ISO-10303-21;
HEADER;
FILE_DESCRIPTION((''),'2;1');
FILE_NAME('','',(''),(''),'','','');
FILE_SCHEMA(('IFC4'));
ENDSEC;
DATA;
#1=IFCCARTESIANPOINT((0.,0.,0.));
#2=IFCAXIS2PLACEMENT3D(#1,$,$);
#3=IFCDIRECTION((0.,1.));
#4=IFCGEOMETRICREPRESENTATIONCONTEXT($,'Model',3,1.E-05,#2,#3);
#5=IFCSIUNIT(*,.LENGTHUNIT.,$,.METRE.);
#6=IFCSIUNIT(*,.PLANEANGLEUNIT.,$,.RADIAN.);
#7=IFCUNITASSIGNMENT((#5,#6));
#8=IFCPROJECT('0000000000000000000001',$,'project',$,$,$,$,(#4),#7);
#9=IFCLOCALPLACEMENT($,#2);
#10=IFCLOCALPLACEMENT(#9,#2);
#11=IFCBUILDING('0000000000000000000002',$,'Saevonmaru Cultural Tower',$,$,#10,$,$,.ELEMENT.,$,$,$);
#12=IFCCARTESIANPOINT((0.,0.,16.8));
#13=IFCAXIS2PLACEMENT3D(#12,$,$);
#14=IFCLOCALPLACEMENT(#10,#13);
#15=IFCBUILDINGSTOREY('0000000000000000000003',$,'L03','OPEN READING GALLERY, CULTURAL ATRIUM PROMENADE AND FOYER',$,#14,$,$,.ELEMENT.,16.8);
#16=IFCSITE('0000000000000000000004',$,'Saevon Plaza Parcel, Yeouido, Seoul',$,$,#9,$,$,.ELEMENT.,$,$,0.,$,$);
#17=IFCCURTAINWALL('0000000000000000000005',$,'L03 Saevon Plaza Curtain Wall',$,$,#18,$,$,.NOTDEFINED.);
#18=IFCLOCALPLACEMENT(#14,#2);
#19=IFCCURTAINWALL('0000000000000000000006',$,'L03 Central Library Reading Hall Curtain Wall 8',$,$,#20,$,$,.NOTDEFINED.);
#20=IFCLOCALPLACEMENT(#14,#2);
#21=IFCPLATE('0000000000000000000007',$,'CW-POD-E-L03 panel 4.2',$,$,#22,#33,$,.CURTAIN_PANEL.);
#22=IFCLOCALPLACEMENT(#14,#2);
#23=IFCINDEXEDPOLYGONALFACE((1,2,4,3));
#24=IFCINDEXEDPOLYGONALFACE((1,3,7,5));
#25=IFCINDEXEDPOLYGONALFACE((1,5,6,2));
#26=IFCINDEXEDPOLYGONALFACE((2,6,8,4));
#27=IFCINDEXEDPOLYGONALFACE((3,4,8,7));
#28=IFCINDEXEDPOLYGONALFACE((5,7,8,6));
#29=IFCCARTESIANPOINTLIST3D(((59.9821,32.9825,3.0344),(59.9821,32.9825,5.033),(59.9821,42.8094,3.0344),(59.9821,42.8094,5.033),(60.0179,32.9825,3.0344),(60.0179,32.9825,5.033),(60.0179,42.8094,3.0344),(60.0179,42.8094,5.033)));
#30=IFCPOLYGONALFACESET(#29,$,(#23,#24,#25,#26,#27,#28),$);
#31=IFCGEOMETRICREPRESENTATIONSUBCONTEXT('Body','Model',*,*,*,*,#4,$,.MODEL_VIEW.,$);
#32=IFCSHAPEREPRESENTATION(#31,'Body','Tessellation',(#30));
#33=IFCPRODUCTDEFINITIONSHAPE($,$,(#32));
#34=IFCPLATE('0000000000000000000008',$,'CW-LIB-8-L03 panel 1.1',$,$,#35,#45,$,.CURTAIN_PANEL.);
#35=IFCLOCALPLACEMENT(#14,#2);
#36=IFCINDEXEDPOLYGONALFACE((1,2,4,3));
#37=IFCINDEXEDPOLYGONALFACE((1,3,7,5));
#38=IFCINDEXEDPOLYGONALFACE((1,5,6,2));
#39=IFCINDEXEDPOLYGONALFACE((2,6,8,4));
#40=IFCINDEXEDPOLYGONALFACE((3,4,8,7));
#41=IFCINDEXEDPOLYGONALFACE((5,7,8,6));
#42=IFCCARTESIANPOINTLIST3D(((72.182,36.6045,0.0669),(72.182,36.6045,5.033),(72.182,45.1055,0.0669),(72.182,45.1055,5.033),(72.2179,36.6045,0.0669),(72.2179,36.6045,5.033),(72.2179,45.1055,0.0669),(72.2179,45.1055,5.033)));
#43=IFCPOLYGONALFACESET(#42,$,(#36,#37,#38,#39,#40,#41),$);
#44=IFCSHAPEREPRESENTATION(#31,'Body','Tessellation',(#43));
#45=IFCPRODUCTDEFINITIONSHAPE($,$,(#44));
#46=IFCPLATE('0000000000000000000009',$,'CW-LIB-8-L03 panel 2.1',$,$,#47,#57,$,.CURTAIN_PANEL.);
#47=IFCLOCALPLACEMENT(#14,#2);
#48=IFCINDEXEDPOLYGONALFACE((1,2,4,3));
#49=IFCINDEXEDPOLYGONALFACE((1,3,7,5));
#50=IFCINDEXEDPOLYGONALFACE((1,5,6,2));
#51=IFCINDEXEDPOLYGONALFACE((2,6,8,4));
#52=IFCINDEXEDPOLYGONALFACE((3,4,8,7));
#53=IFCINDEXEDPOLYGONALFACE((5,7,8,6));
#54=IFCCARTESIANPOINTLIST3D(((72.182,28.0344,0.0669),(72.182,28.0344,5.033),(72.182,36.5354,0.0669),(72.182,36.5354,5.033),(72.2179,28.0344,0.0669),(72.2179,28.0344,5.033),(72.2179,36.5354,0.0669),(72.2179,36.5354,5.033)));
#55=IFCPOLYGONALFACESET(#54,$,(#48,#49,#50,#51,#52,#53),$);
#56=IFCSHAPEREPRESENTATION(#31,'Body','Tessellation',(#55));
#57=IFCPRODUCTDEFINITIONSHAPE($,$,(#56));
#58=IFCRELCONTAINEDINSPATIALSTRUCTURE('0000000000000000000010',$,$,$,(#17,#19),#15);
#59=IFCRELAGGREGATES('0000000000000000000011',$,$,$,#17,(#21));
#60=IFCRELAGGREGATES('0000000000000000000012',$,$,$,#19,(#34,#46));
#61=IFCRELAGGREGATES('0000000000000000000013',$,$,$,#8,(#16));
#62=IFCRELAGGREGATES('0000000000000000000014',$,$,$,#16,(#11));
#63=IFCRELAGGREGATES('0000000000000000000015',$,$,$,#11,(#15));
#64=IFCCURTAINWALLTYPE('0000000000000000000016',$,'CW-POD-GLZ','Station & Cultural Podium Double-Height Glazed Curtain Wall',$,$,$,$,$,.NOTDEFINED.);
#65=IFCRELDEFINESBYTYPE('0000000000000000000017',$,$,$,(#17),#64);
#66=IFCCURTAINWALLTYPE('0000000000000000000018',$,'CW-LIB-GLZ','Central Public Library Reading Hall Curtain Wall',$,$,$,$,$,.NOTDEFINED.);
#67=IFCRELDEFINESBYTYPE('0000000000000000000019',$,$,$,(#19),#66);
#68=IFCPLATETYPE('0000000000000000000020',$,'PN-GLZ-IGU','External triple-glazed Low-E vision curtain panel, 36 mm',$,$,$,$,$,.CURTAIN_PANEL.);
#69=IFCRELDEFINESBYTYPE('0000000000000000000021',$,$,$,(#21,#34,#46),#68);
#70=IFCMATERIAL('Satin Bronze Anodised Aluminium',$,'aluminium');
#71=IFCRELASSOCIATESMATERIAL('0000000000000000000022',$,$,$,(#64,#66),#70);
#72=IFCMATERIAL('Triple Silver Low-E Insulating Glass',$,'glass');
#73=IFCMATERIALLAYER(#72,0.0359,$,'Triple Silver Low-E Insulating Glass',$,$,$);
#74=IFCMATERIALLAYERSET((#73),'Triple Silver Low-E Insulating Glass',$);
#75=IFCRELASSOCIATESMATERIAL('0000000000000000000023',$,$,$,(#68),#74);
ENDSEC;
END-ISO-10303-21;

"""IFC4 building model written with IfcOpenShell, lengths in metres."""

from ifc_helpers import new_model, si_unit, direction, frame, origin, origin_2d, place, context, subcontext, project, spatial, rectangle, extrude, material, layer, layer_set, type_object, element, aggregate, save


model = new_model("IFC4")

# Units and contexts
model_context = context("Model", 3, precision=1e-05, world=origin(), true_north=direction((0.0, 1.0)))
body_context = subcontext(model_context, "Body", "Model", "MODEL_VIEW")
ifc_project = project(units=[si_unit("LENGTHUNIT", "METRE"), si_unit("PLANEANGLEUNIT", "RADIAN")], contexts=[model_context])

# Site, building, storey
site_placement = place(None, origin())
site = spatial("IfcSite", under=ifc_project, at=site_placement, Name="Saevon Plaza Parcel, Yeouido, Seoul", CompositionType="ELEMENT", RefElevation=0.0)
building_placement = place(site_placement, origin())
building = spatial("IfcBuilding", under=site, at=building_placement, Name="Saevonmaru Cultural Tower", CompositionType="ELEMENT")
storey_placement = place(building_placement, frame((0.0, 0.0, 16.8)))
storey = spatial("IfcBuildingStorey", under=building, at=storey_placement, Name="L03", Description="OPEN READING GALLERY, CULTURAL ATRIUM PROMENADE AND FOYER", CompositionType="ELEMENT", Elevation=16.8)

# Curtain walls
ifc_material_1 = material(Name="Satin Bronze Anodised Aluminium", Category="aluminium")
curtain_wall_type_1 = type_object("IfcCurtainWallType", Name="CW-POD-GLZ", Description="Station & Cultural Podium Double-Height Glazed Curtain Wall", PredefinedType="NOTDEFINED", material=ifc_material_1)
curtain_wall_1_placement = place(storey_placement, origin())
curtain_wall_1 = element("IfcCurtainWall", 1, at=curtain_wall_1_placement, inside=storey, type_object=curtain_wall_type_1, Name="L03 Saevon Plaza Curtain Wall", PredefinedType="NOTDEFINED")
curtain_wall_type_2 = type_object("IfcCurtainWallType", Name="CW-LIB-GLZ", Description="Central Public Library Reading Hall Curtain Wall", PredefinedType="NOTDEFINED", material=ifc_material_1)
curtain_wall_2_placement = place(storey_placement, origin())
curtain_wall_2 = element("IfcCurtainWall", 2, at=curtain_wall_2_placement, inside=storey, type_object=curtain_wall_type_2, Name="L03 Central Library Reading Hall Curtain Wall 8", PredefinedType="NOTDEFINED")

# Plates
ifc_material_2 = material(Name="Triple Silver Low-E Insulating Glass", Category="glass")
ifc_layer = layer(ifc_material_2, 0.0359, Name="Triple Silver Low-E Insulating Glass")
ifc_layer_set = layer_set([ifc_layer], Name="Triple Silver Low-E Insulating Glass")
plate_type = type_object("IfcPlateType", Name="PN-GLZ-IGU", Description="External triple-glazed Low-E vision curtain panel, 36 mm", PredefinedType="CURTAIN_PANEL", material=ifc_layer_set)
plate_1_placement = place(storey_placement, frame((60.0, 37.896, 3.0344), z_axis=(0.0, 0.0, 1.0), x_axis=(0.0, 1.0, 0.0)))
plate_1 = element("IfcPlate", 3, at=plate_1_placement, type_object=plate_type, Name="CW-POD-E-L03 panel 4.2", PredefinedType="CURTAIN_PANEL", context=body_context, shape_type="SweptSolid", body=[
    extrude(rectangle(XDim=9.8269, YDim=0.0359, at=origin_2d()), origin(), (0.0, 0.0, 1.0), 1.9985),
])
aggregate(curtain_wall_1, [plate_1])
plate_2_placement = place(storey_placement, frame((72.2, 40.855, 0.0669), z_axis=(0.0, 0.0, 1.0), x_axis=(0.0, -1.0, 0.0)))
plate_2 = element("IfcPlate", 4, at=plate_2_placement, type_object=plate_type, Name="CW-LIB-8-L03 panel 1.1", PredefinedType="CURTAIN_PANEL", context=body_context, shape_type="SweptSolid", body=[
    extrude(rectangle(XDim=8.501, YDim=0.0359, at=origin_2d()), origin(), (0.0, 0.0, 1.0), 4.9661),
])
plate_3_placement = place(storey_placement, frame((72.2, 32.2849, 0.0669), z_axis=(0.0, 0.0, 1.0), x_axis=(0.0, -1.0, 0.0)))
plate_3 = element("IfcPlate", 5, at=plate_3_placement, type_object=plate_type, Name="CW-LIB-8-L03 panel 2.1", PredefinedType="CURTAIN_PANEL", context=body_context, shape_type="SweptSolid", body=[
    extrude(rectangle(XDim=8.501, YDim=0.0359, at=origin_2d()), origin(), (0.0, 0.0, 1.0), 4.9661),
])
aggregate(curtain_wall_2, [plate_2, plate_3])

save(model, "model.ifc")
